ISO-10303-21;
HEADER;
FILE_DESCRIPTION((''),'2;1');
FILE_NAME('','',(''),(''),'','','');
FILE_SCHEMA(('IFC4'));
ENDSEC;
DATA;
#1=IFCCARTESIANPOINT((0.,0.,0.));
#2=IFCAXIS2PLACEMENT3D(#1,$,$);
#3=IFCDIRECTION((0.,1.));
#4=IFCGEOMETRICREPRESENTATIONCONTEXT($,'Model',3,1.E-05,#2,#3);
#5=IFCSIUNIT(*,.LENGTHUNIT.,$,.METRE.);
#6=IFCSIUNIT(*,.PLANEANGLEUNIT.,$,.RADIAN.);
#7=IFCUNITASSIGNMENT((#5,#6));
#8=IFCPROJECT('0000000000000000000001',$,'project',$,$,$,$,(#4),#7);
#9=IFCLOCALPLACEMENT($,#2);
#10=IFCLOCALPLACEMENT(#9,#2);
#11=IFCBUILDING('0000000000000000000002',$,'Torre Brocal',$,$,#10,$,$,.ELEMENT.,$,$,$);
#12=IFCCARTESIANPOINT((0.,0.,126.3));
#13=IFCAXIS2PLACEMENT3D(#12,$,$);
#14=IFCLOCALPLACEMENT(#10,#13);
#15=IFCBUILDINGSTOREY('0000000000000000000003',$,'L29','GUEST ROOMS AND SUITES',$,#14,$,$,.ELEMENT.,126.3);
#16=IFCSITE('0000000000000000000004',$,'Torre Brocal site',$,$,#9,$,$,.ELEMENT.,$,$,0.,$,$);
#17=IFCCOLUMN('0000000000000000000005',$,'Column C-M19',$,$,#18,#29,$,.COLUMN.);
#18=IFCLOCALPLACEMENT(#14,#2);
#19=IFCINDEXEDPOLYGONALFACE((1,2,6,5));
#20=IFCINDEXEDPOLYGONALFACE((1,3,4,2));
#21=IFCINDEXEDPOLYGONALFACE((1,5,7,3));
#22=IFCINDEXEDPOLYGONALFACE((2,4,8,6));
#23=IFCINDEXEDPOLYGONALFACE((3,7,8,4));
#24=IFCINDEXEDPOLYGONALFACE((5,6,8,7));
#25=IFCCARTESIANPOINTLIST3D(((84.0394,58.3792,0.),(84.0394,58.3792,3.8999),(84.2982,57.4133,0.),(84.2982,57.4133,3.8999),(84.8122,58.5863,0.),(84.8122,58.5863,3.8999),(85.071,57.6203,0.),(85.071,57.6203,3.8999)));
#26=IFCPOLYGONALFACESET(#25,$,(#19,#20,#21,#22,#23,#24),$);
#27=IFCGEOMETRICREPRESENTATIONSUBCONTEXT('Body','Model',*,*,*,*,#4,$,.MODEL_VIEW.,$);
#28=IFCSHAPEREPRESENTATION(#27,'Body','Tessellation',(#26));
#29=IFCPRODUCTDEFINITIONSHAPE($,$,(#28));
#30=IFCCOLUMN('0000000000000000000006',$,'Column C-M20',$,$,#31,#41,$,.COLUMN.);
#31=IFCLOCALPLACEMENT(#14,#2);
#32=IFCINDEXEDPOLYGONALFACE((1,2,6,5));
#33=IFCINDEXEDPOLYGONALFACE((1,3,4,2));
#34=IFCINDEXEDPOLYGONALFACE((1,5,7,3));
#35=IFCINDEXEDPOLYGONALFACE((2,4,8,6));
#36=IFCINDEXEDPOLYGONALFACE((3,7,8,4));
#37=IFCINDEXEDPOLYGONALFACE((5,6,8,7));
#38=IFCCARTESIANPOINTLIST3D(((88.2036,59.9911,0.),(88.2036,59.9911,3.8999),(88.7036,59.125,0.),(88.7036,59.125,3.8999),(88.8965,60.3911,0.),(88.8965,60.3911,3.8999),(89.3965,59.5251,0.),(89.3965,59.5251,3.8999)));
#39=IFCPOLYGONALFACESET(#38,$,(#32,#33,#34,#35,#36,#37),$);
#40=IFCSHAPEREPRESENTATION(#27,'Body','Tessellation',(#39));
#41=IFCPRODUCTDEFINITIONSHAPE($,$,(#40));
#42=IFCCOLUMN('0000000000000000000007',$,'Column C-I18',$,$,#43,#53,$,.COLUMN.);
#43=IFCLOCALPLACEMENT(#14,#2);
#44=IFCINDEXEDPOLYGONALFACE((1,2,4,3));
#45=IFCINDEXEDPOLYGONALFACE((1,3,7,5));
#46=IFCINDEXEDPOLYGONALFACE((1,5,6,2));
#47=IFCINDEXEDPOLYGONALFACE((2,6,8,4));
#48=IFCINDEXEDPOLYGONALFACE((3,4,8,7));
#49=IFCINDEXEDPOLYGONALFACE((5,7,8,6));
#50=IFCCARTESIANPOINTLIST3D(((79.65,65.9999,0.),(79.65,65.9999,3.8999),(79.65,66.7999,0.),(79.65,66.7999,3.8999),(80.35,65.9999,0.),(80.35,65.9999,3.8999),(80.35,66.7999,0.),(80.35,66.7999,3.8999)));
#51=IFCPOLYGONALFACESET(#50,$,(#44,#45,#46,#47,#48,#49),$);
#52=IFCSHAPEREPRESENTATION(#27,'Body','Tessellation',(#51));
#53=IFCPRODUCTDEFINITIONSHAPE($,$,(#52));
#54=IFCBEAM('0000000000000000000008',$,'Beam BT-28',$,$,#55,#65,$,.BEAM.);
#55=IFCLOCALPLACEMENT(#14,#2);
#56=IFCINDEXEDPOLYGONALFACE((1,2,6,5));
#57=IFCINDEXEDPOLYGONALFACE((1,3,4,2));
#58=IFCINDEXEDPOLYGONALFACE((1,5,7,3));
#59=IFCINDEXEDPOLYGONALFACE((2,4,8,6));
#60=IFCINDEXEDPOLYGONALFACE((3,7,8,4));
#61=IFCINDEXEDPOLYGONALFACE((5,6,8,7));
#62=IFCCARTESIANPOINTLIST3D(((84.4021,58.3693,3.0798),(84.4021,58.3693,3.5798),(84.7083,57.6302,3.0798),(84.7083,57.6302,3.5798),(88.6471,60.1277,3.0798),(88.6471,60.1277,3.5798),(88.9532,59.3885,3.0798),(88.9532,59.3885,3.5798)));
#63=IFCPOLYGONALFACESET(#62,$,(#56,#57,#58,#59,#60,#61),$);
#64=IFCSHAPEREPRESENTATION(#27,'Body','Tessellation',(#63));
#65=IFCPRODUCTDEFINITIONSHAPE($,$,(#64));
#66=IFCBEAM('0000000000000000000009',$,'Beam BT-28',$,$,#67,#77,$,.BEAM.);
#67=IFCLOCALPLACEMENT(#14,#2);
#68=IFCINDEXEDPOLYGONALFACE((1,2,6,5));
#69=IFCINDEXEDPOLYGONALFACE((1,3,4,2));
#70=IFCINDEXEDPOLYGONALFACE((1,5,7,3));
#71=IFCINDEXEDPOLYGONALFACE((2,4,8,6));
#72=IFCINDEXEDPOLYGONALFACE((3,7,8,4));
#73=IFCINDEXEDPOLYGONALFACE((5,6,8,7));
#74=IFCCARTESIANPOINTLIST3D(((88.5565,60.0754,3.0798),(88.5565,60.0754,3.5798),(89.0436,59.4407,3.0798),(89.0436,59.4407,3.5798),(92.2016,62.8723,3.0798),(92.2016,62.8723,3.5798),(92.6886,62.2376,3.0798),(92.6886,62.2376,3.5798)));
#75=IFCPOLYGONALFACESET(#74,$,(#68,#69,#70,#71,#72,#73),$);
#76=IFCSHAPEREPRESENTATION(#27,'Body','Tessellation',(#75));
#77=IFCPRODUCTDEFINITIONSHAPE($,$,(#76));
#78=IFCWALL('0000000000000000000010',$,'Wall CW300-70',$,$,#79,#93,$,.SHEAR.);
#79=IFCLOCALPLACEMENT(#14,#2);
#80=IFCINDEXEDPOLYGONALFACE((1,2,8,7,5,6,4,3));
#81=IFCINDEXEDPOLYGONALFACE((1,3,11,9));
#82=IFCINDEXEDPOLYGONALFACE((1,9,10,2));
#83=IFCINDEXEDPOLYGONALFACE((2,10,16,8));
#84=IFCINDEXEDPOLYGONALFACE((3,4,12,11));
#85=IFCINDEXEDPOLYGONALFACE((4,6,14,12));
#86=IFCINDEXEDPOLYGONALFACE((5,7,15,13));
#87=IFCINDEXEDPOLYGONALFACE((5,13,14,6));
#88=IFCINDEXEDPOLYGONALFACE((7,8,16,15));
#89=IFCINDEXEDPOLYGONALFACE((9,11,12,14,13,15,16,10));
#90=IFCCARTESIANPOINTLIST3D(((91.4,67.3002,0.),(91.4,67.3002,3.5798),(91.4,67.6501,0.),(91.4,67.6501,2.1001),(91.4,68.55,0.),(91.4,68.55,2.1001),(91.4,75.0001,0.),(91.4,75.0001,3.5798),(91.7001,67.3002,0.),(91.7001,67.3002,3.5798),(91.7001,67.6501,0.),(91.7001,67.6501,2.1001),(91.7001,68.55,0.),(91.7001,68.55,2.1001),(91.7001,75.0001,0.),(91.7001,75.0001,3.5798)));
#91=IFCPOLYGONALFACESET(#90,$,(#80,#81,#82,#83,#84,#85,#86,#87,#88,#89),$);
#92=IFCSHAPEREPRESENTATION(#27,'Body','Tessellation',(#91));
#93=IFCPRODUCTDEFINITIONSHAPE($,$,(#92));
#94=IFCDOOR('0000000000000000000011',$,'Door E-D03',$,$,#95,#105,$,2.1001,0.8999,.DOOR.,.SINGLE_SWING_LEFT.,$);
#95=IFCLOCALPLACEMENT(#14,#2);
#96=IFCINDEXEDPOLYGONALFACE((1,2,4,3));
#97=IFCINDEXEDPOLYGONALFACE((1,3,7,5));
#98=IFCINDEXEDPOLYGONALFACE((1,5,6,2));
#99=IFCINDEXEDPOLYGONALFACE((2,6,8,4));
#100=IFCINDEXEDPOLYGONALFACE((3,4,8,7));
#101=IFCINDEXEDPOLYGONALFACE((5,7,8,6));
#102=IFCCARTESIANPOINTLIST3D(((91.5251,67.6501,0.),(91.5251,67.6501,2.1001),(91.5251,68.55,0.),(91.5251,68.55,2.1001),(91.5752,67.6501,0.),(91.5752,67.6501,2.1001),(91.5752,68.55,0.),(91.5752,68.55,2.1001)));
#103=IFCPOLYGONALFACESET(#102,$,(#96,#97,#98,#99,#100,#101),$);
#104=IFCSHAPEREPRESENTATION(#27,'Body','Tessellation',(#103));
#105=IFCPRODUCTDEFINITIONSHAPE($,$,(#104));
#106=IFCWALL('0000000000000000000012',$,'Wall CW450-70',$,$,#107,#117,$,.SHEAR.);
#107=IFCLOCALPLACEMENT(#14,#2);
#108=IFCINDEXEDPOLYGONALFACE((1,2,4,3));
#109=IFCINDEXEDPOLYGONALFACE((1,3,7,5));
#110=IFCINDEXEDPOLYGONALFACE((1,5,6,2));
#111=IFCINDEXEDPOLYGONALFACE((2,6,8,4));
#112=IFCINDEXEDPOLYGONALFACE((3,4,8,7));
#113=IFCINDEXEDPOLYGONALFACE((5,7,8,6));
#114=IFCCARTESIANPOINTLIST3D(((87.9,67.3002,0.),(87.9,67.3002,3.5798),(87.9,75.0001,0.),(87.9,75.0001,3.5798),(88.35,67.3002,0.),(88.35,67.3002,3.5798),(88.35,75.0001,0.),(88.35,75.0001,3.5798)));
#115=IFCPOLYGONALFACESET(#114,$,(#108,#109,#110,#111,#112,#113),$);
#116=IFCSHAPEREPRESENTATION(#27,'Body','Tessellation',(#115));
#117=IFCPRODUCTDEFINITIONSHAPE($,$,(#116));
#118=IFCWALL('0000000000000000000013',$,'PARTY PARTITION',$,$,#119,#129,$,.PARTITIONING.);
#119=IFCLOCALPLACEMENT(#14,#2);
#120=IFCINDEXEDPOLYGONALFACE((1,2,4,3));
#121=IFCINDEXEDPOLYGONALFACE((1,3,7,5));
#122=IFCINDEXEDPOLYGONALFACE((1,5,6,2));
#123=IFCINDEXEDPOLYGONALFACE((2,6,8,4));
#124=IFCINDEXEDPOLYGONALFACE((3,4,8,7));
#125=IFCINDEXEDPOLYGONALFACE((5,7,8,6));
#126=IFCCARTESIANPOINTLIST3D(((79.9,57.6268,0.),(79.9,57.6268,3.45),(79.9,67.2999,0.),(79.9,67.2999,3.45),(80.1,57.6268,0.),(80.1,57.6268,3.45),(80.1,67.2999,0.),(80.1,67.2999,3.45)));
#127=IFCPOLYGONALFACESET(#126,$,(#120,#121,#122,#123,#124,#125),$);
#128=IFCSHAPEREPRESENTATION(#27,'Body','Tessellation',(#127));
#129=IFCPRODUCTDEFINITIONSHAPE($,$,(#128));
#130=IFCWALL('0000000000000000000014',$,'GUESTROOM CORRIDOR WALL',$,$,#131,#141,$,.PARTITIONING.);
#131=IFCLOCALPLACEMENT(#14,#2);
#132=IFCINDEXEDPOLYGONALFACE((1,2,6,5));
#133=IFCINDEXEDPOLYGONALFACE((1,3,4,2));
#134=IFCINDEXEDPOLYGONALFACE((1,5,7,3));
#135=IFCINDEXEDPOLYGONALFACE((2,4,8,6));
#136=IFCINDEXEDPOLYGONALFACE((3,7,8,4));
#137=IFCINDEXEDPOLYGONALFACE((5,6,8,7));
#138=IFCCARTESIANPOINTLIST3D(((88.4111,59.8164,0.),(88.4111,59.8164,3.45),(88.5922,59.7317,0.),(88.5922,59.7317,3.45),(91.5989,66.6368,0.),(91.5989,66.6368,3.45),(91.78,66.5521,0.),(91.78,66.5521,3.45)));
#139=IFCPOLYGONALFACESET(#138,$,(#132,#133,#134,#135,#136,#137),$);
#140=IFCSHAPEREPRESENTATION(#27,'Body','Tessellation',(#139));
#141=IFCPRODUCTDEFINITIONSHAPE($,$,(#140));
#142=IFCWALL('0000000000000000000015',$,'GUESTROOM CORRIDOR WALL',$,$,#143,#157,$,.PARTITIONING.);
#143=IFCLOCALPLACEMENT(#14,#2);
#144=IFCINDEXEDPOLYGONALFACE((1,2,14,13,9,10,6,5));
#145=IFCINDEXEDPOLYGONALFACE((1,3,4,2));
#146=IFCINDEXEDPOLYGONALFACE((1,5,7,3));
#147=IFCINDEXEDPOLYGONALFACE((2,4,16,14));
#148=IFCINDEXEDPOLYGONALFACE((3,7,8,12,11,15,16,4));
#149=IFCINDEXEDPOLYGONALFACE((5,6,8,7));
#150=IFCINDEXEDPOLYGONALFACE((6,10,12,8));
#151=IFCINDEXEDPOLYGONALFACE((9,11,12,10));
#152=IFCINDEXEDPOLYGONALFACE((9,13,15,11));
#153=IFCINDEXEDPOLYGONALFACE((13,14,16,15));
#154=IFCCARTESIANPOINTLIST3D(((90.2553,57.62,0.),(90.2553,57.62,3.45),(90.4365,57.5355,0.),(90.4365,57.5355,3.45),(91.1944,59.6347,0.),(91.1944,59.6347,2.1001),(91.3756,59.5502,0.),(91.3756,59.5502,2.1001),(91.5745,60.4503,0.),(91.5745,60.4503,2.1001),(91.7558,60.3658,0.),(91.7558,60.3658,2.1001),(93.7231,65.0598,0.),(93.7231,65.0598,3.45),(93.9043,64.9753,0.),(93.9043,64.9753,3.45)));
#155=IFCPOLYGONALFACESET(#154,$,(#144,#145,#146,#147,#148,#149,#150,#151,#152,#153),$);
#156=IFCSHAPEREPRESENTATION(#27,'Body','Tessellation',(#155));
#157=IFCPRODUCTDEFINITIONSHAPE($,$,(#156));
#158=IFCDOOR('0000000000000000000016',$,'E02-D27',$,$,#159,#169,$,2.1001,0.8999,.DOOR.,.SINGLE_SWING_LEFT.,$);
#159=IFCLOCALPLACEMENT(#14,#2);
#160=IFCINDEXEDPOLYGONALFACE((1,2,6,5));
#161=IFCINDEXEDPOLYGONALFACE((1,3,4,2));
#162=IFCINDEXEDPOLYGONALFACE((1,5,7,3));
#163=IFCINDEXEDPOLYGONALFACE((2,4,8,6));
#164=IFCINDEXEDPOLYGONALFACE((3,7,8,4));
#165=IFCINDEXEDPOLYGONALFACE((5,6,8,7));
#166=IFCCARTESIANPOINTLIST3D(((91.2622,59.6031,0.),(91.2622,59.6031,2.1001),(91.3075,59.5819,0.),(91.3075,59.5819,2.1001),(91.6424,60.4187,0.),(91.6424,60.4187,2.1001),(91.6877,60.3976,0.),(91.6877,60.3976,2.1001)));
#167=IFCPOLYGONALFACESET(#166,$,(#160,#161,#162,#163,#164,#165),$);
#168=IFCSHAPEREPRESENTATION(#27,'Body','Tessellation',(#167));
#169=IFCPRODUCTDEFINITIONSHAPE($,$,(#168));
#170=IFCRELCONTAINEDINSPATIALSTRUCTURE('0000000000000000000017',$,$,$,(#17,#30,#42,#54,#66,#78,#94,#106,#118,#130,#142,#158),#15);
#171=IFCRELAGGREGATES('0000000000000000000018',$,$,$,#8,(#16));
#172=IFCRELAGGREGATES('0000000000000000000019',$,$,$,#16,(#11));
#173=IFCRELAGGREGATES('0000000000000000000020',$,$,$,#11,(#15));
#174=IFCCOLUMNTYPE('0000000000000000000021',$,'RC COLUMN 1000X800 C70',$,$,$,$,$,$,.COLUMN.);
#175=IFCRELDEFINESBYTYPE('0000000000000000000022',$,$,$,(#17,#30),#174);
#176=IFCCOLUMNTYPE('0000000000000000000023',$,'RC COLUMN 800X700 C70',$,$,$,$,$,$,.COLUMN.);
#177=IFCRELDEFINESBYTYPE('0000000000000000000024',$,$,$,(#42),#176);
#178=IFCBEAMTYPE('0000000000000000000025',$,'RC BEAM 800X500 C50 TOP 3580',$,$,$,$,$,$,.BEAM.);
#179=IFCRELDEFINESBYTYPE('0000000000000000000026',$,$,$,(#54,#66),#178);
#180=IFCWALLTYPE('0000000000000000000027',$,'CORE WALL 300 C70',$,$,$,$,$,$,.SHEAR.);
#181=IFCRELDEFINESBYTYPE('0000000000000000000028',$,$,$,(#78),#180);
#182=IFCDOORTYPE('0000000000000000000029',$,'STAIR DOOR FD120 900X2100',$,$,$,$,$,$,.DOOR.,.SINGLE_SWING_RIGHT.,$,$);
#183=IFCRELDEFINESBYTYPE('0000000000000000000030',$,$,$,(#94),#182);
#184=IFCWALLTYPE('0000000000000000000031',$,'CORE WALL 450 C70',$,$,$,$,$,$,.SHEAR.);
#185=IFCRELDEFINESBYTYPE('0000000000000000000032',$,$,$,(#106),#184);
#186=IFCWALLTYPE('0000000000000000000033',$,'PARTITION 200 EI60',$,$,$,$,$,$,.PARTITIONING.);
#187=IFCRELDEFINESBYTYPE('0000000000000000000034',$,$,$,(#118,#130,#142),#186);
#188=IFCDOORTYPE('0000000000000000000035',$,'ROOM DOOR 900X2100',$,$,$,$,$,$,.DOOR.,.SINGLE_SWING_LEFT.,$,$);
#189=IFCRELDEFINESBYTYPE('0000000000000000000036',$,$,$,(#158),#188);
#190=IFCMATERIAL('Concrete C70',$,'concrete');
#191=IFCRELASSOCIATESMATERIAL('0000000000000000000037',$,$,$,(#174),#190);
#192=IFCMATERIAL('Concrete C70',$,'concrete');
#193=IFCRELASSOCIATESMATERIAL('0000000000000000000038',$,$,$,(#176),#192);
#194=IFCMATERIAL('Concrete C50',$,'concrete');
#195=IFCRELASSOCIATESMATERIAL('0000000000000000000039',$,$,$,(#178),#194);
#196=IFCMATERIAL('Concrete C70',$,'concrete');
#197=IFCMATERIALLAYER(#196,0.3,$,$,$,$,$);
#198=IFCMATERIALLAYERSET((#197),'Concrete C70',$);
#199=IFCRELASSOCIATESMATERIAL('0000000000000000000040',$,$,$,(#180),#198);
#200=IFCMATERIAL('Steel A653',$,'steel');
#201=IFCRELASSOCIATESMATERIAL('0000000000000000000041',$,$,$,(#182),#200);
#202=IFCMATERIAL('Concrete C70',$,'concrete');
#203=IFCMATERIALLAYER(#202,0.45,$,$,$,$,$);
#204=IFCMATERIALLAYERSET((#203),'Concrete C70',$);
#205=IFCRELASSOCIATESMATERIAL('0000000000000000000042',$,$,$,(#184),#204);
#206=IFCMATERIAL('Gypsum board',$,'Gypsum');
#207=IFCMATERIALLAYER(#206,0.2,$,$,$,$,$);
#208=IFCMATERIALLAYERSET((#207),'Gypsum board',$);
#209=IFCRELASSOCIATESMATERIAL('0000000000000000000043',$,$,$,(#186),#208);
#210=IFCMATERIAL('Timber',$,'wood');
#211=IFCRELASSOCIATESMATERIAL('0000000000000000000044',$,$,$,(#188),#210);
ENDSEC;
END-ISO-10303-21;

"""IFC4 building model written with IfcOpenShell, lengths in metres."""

from ifc_helpers import new_model, si_unit, direction, frame, frame_2d, origin, origin_2d, place, context, subcontext, project, spatial, rectangle, extrude, material, layer, layer_set, material_profile, profile_set, type_object, element, fill, save


model = new_model("IFC4")

# Units and contexts
model_context = context("Model", 3, precision=1e-05, world=origin(), true_north=direction((0.0, 1.0)))
body_context = subcontext(model_context, "Body", "Model", "MODEL_VIEW")
ifc_project = project(units=[si_unit("LENGTHUNIT", "METRE"), si_unit("PLANEANGLEUNIT", "RADIAN")], contexts=[model_context])

# Site, building, storey
site_placement = place(None, origin())
site = spatial("IfcSite", under=ifc_project, at=site_placement, Name="Torre Brocal site", CompositionType="ELEMENT", RefElevation=0.0)
building_placement = place(site_placement, origin())
building = spatial("IfcBuilding", under=site, at=building_placement, Name="Torre Brocal", CompositionType="ELEMENT")
storey_placement = place(building_placement, frame((0.0, 0.0, 126.3)))
storey = spatial("IfcBuildingStorey", under=building, at=storey_placement, Name="L29", Description="GUEST ROOMS AND SUITES", CompositionType="ELEMENT", Elevation=126.3)

# Columns
ifc_material_1 = material(Name="Concrete C70", Category="concrete")
ifc_material_profile_1 = material_profile(ifc_material_1, rectangle(XDim=1.0, YDim=0.8, at=origin_2d()), Name="RC 1000X800")
ifc_profile_set_1 = profile_set([ifc_material_profile_1], Name="Concrete C70")
column_type_1 = type_object("IfcColumnType", Name="RC COLUMN 1000X800 C70", PredefinedType="COLUMN", material=ifc_profile_set_1)
for number, where, z_axis, x_axis, name in (
    (1, (84.5552, 57.9998, 0.0), (0.0, 0.0, 1.0), (0.258819, -0.965926, 0.0), "Column C-M19"),
    (2, (88.8, 59.7581, 0.0), (0.0, 0.0, 1.0), (0.5, -0.866025, 0.0), "Column C-M20"),
):
    element("IfcColumn", number, at=place(storey_placement, frame(where, z_axis=z_axis, x_axis=x_axis)), inside=storey, type_object=column_type_1, Name=name, PredefinedType="COLUMN", context=body_context, shape_type="SweptSolid", body=[
        extrude(rectangle(XDim=1.0, YDim=0.8, at=origin_2d()), origin(), (0.0, 0.0, 1.0), 3.8999),
    ])
ifc_material_2 = material(Name="Concrete C70", Category="concrete")
ifc_material_profile_2 = material_profile(ifc_material_2, rectangle(XDim=0.8, YDim=0.7, at=origin_2d()), Name="RC 800X700")
ifc_profile_set_2 = profile_set([ifc_material_profile_2], Name="Concrete C70")
column_type_2 = type_object("IfcColumnType", Name="RC COLUMN 800X700 C70", PredefinedType="COLUMN", material=ifc_profile_set_2)
column_placement = place(storey_placement, frame((80.0, 66.3999, 0.0), z_axis=(0.0, 0.0, 1.0), x_axis=(0.0, -1.0, 0.0)))
element("IfcColumn", 3, at=column_placement, inside=storey, type_object=column_type_2, Name="Column C-I18", PredefinedType="COLUMN", context=body_context, shape_type="SweptSolid", body=[
    extrude(rectangle(XDim=0.8, YDim=0.7, at=origin_2d()), origin(), (0.0, 0.0, 1.0), 3.8999),
])

# Beams
ifc_material_3 = material(Name="Concrete C50", Category="concrete")
ifc_material_profile_3 = material_profile(ifc_material_3, rectangle(XDim=0.8, YDim=0.5, at=origin_2d()), Name="RC 800X500")
ifc_profile_set_3 = profile_set([ifc_material_profile_3], Name="Concrete C50")
beam_type = type_object("IfcBeamType", Name="RC BEAM 800X500 C50 TOP 3580", PredefinedType="BEAM", material=ifc_profile_set_3)
beam_1_placement = place(storey_placement, frame((84.5552, 57.9998, 3.3298), z_axis=(0.923878, 0.382687, 0.0), x_axis=(-0.382687, 0.923878, 0.0)))
element("IfcBeam", 4, at=beam_1_placement, inside=storey, type_object=beam_type, Name="Beam BT-28", PredefinedType="BEAM", context=body_context, shape_type="SweptSolid", body=[
    extrude(rectangle(XDim=0.8, YDim=0.5, at=origin_2d()), origin(), (0.0, 0.0, 1.0), 4.5947),
])
beam_2_placement = place(storey_placement, frame((88.8, 59.7581, 3.3298), z_axis=(0.793358, 0.608755, 0.0), x_axis=(-0.608755, 0.793358, 0.0)))
element("IfcBeam", 5, at=beam_2_placement, inside=storey, type_object=beam_type, Name="Beam BT-28", PredefinedType="BEAM", context=body_context, shape_type="SweptSolid", body=[
    extrude(rectangle(XDim=0.8, YDim=0.5, at=origin_2d()), origin(), (0.0, 0.0, 1.0), 4.5945),
])

# Wall, opening, door
ifc_material_4 = material(Name="Concrete C70", Category="concrete")
ifc_layer_1 = layer(ifc_material_4, 0.3)
ifc_layer_set_1 = layer_set([ifc_layer_1], Name="Concrete C70")
wall_type_1 = type_object("IfcWallType", Name="CORE WALL 300 C70", PredefinedType="SHEAR", material=ifc_layer_set_1)
wall_1_placement = place(storey_placement, frame((91.55, 67.3, 0.0), z_axis=(0.0, 0.0, 1.0), x_axis=(0.0, 1.0, 0.0)))
wall_1 = element("IfcWall", 6, at=wall_1_placement, inside=storey, type_object=wall_type_1, Name="Wall CW300-70", PredefinedType="SHEAR", context=body_context, shape_type="SweptSolid", body=[
    extrude(rectangle(XDim=7.7, YDim=0.3, at=frame_2d((3.8501, 0.0))), origin(), (0.0, 0.0, 1.0), 3.5798),
])
opening_1_placement = place(wall_1_placement, frame((0.3501, 0.0, 0.0)))
opening_1 = element("IfcOpeningElement", 7, at=opening_1_placement, cuts=wall_1, PredefinedType="OPENING", context=body_context, shape_type="SweptSolid", body=[
    extrude(rectangle(XDim=0.8999, YDim=2.1001, at=frame_2d((0.45, 1.05))), frame((0.0, 0.1599, 0.0), z_axis=(0.0, -1.0, 0.0), x_axis=(1.0, 0.0, 0.0)), (0.0, 0.0, 1.0), 0.3201),
])
ifc_material_5 = material(Name="Steel A653", Category="steel")
door_type_1 = type_object("IfcDoorType", Name="STAIR DOOR FD120 900X2100", OperationType="SINGLE_SWING_RIGHT", PredefinedType="DOOR", material=ifc_material_5)
door_1_placement = place(opening_1_placement, origin())
door_1 = element("IfcDoor", 8, at=door_1_placement, inside=storey, type_object=door_type_1, Name="Door E-D03", OperationType="SINGLE_SWING_LEFT", OverallHeight=2.1001, OverallWidth=0.8999, PredefinedType="DOOR", context=body_context, shape_type="SweptSolid", body=[
    extrude(rectangle(XDim=0.8999, YDim=2.1001, at=frame_2d((0.45, 1.05))), frame((0.0, 0.0249, 0.0), z_axis=(0.0, -1.0, 0.0), x_axis=(1.0, 0.0, 0.0)), (0.0, 0.0, 1.0), 0.05),
])
fill(opening_1, door_1)

# Wall
ifc_material_6 = material(Name="Concrete C70", Category="concrete")
ifc_layer_2 = layer(ifc_material_6, 0.45)
ifc_layer_set_2 = layer_set([ifc_layer_2], Name="Concrete C70")
wall_type_2 = type_object("IfcWallType", Name="CORE WALL 450 C70", PredefinedType="SHEAR", material=ifc_layer_set_2)
wall_2_placement = place(storey_placement, frame((88.125, 67.3, 0.0), z_axis=(0.0, 0.0, 1.0), x_axis=(0.0, 1.0, 0.0)))
element("IfcWall", 9, at=wall_2_placement, inside=storey, type_object=wall_type_2, Name="Wall CW450-70", PredefinedType="SHEAR", context=body_context, shape_type="SweptSolid", body=[
    extrude(rectangle(XDim=7.7, YDim=0.45, at=frame_2d((3.8501, 0.0))), origin(), (0.0, 0.0, 1.0), 3.5798),
])

# Walls
ifc_material_7 = material(Name="Gypsum board", Category="Gypsum")
ifc_layer_3 = layer(ifc_material_7, 0.2)
ifc_layer_set_3 = layer_set([ifc_layer_3], Name="Gypsum board")
wall_type_3 = type_object("IfcWallType", Name="PARTITION 200 EI60", PredefinedType="PARTITIONING", material=ifc_layer_set_3)
wall_3_placement = place(storey_placement, frame((80.0, 57.627, 0.0), z_axis=(0.0, 0.0, 1.0), x_axis=(0.0, 1.0, 0.0)))
element("IfcWall", 10, at=wall_3_placement, inside=storey, type_object=wall_type_3, Name="PARTY PARTITION", PredefinedType="PARTITIONING", context=body_context, shape_type="SweptSolid", body=[
    extrude(rectangle(XDim=9.6731, YDim=0.2, at=frame_2d((4.8364, 0.0))), origin(), (0.0, 0.0, 1.0), 3.45),
])
wall_4_placement = place(storey_placement, frame((88.5017, 59.7742, 0.0), z_axis=(0.0, 0.0, 1.0), x_axis=(0.423423, 0.905932, 0.0)))
element("IfcWall", 11, at=wall_4_placement, inside=storey, type_object=wall_type_3, Name="GUESTROOM CORRIDOR WALL", PredefinedType="PARTITIONING", context=body_context, shape_type="SweptSolid", body=[
    extrude(rectangle(XDim=7.5286, YDim=0.2, at=frame_2d((3.7642, 0.0))), origin(), (0.0, 0.0, 1.0), 3.45),
])

# Wall, opening, door
wall_5_placement = place(storey_placement, frame((90.3459, 57.5779, 0.0), z_axis=(0.0, 0.0, 1.0), x_axis=(0.422477, 0.906374, 0.0)))
wall_5 = element("IfcWall", 12, at=wall_5_placement, inside=storey, type_object=wall_type_3, Name="GUESTROOM CORRIDOR WALL", PredefinedType="PARTITIONING", context=body_context, shape_type="SweptSolid", body=[
    extrude(rectangle(XDim=8.2083, YDim=0.2, at=frame_2d((4.104, 0.0))), origin(), (0.0, 0.0, 1.0), 3.45),
])
opening_2_placement = place(wall_5_placement, frame((2.2227, 0.0, 0.0)))
opening_2 = element("IfcOpeningElement", 13, at=opening_2_placement, cuts=wall_5, PredefinedType="OPENING", context=body_context, shape_type="SweptSolid", body=[
    extrude(rectangle(XDim=0.8999, YDim=2.1001, at=frame_2d((0.45, 1.05))), frame((0.0, 0.1099, 0.0), z_axis=(0.0, -1.0, 0.0), x_axis=(1.0, 0.0, 0.0)), (0.0, 0.0, 1.0), 0.22),
])
ifc_material_8 = material(Name="Timber", Category="wood")
door_type_2 = type_object("IfcDoorType", Name="ROOM DOOR 900X2100", OperationType="SINGLE_SWING_LEFT", PredefinedType="DOOR", material=ifc_material_8)
door_2_placement = place(opening_2_placement, frame((0.8999, 0.0, 0.0), z_axis=(0.0, 0.0, 1.0), x_axis=(-1.0, 0.0, 0.0)))
door_2 = element("IfcDoor", 14, at=door_2_placement, inside=storey, type_object=door_type_2, Name="E02-D27", OperationType="SINGLE_SWING_LEFT", OverallHeight=2.1001, OverallWidth=0.8999, PredefinedType="DOOR", context=body_context, shape_type="SweptSolid", body=[
    extrude(rectangle(XDim=0.8999, YDim=2.1001, at=frame_2d((0.45, 1.05))), frame((0.0, 0.0249, 0.0), z_axis=(0.0, -1.0, 0.0), x_axis=(1.0, 0.0, 0.0)), (0.0, 0.0, 1.0), 0.05),
])
fill(opening_2, door_2)

save(model, "model.ifc")
